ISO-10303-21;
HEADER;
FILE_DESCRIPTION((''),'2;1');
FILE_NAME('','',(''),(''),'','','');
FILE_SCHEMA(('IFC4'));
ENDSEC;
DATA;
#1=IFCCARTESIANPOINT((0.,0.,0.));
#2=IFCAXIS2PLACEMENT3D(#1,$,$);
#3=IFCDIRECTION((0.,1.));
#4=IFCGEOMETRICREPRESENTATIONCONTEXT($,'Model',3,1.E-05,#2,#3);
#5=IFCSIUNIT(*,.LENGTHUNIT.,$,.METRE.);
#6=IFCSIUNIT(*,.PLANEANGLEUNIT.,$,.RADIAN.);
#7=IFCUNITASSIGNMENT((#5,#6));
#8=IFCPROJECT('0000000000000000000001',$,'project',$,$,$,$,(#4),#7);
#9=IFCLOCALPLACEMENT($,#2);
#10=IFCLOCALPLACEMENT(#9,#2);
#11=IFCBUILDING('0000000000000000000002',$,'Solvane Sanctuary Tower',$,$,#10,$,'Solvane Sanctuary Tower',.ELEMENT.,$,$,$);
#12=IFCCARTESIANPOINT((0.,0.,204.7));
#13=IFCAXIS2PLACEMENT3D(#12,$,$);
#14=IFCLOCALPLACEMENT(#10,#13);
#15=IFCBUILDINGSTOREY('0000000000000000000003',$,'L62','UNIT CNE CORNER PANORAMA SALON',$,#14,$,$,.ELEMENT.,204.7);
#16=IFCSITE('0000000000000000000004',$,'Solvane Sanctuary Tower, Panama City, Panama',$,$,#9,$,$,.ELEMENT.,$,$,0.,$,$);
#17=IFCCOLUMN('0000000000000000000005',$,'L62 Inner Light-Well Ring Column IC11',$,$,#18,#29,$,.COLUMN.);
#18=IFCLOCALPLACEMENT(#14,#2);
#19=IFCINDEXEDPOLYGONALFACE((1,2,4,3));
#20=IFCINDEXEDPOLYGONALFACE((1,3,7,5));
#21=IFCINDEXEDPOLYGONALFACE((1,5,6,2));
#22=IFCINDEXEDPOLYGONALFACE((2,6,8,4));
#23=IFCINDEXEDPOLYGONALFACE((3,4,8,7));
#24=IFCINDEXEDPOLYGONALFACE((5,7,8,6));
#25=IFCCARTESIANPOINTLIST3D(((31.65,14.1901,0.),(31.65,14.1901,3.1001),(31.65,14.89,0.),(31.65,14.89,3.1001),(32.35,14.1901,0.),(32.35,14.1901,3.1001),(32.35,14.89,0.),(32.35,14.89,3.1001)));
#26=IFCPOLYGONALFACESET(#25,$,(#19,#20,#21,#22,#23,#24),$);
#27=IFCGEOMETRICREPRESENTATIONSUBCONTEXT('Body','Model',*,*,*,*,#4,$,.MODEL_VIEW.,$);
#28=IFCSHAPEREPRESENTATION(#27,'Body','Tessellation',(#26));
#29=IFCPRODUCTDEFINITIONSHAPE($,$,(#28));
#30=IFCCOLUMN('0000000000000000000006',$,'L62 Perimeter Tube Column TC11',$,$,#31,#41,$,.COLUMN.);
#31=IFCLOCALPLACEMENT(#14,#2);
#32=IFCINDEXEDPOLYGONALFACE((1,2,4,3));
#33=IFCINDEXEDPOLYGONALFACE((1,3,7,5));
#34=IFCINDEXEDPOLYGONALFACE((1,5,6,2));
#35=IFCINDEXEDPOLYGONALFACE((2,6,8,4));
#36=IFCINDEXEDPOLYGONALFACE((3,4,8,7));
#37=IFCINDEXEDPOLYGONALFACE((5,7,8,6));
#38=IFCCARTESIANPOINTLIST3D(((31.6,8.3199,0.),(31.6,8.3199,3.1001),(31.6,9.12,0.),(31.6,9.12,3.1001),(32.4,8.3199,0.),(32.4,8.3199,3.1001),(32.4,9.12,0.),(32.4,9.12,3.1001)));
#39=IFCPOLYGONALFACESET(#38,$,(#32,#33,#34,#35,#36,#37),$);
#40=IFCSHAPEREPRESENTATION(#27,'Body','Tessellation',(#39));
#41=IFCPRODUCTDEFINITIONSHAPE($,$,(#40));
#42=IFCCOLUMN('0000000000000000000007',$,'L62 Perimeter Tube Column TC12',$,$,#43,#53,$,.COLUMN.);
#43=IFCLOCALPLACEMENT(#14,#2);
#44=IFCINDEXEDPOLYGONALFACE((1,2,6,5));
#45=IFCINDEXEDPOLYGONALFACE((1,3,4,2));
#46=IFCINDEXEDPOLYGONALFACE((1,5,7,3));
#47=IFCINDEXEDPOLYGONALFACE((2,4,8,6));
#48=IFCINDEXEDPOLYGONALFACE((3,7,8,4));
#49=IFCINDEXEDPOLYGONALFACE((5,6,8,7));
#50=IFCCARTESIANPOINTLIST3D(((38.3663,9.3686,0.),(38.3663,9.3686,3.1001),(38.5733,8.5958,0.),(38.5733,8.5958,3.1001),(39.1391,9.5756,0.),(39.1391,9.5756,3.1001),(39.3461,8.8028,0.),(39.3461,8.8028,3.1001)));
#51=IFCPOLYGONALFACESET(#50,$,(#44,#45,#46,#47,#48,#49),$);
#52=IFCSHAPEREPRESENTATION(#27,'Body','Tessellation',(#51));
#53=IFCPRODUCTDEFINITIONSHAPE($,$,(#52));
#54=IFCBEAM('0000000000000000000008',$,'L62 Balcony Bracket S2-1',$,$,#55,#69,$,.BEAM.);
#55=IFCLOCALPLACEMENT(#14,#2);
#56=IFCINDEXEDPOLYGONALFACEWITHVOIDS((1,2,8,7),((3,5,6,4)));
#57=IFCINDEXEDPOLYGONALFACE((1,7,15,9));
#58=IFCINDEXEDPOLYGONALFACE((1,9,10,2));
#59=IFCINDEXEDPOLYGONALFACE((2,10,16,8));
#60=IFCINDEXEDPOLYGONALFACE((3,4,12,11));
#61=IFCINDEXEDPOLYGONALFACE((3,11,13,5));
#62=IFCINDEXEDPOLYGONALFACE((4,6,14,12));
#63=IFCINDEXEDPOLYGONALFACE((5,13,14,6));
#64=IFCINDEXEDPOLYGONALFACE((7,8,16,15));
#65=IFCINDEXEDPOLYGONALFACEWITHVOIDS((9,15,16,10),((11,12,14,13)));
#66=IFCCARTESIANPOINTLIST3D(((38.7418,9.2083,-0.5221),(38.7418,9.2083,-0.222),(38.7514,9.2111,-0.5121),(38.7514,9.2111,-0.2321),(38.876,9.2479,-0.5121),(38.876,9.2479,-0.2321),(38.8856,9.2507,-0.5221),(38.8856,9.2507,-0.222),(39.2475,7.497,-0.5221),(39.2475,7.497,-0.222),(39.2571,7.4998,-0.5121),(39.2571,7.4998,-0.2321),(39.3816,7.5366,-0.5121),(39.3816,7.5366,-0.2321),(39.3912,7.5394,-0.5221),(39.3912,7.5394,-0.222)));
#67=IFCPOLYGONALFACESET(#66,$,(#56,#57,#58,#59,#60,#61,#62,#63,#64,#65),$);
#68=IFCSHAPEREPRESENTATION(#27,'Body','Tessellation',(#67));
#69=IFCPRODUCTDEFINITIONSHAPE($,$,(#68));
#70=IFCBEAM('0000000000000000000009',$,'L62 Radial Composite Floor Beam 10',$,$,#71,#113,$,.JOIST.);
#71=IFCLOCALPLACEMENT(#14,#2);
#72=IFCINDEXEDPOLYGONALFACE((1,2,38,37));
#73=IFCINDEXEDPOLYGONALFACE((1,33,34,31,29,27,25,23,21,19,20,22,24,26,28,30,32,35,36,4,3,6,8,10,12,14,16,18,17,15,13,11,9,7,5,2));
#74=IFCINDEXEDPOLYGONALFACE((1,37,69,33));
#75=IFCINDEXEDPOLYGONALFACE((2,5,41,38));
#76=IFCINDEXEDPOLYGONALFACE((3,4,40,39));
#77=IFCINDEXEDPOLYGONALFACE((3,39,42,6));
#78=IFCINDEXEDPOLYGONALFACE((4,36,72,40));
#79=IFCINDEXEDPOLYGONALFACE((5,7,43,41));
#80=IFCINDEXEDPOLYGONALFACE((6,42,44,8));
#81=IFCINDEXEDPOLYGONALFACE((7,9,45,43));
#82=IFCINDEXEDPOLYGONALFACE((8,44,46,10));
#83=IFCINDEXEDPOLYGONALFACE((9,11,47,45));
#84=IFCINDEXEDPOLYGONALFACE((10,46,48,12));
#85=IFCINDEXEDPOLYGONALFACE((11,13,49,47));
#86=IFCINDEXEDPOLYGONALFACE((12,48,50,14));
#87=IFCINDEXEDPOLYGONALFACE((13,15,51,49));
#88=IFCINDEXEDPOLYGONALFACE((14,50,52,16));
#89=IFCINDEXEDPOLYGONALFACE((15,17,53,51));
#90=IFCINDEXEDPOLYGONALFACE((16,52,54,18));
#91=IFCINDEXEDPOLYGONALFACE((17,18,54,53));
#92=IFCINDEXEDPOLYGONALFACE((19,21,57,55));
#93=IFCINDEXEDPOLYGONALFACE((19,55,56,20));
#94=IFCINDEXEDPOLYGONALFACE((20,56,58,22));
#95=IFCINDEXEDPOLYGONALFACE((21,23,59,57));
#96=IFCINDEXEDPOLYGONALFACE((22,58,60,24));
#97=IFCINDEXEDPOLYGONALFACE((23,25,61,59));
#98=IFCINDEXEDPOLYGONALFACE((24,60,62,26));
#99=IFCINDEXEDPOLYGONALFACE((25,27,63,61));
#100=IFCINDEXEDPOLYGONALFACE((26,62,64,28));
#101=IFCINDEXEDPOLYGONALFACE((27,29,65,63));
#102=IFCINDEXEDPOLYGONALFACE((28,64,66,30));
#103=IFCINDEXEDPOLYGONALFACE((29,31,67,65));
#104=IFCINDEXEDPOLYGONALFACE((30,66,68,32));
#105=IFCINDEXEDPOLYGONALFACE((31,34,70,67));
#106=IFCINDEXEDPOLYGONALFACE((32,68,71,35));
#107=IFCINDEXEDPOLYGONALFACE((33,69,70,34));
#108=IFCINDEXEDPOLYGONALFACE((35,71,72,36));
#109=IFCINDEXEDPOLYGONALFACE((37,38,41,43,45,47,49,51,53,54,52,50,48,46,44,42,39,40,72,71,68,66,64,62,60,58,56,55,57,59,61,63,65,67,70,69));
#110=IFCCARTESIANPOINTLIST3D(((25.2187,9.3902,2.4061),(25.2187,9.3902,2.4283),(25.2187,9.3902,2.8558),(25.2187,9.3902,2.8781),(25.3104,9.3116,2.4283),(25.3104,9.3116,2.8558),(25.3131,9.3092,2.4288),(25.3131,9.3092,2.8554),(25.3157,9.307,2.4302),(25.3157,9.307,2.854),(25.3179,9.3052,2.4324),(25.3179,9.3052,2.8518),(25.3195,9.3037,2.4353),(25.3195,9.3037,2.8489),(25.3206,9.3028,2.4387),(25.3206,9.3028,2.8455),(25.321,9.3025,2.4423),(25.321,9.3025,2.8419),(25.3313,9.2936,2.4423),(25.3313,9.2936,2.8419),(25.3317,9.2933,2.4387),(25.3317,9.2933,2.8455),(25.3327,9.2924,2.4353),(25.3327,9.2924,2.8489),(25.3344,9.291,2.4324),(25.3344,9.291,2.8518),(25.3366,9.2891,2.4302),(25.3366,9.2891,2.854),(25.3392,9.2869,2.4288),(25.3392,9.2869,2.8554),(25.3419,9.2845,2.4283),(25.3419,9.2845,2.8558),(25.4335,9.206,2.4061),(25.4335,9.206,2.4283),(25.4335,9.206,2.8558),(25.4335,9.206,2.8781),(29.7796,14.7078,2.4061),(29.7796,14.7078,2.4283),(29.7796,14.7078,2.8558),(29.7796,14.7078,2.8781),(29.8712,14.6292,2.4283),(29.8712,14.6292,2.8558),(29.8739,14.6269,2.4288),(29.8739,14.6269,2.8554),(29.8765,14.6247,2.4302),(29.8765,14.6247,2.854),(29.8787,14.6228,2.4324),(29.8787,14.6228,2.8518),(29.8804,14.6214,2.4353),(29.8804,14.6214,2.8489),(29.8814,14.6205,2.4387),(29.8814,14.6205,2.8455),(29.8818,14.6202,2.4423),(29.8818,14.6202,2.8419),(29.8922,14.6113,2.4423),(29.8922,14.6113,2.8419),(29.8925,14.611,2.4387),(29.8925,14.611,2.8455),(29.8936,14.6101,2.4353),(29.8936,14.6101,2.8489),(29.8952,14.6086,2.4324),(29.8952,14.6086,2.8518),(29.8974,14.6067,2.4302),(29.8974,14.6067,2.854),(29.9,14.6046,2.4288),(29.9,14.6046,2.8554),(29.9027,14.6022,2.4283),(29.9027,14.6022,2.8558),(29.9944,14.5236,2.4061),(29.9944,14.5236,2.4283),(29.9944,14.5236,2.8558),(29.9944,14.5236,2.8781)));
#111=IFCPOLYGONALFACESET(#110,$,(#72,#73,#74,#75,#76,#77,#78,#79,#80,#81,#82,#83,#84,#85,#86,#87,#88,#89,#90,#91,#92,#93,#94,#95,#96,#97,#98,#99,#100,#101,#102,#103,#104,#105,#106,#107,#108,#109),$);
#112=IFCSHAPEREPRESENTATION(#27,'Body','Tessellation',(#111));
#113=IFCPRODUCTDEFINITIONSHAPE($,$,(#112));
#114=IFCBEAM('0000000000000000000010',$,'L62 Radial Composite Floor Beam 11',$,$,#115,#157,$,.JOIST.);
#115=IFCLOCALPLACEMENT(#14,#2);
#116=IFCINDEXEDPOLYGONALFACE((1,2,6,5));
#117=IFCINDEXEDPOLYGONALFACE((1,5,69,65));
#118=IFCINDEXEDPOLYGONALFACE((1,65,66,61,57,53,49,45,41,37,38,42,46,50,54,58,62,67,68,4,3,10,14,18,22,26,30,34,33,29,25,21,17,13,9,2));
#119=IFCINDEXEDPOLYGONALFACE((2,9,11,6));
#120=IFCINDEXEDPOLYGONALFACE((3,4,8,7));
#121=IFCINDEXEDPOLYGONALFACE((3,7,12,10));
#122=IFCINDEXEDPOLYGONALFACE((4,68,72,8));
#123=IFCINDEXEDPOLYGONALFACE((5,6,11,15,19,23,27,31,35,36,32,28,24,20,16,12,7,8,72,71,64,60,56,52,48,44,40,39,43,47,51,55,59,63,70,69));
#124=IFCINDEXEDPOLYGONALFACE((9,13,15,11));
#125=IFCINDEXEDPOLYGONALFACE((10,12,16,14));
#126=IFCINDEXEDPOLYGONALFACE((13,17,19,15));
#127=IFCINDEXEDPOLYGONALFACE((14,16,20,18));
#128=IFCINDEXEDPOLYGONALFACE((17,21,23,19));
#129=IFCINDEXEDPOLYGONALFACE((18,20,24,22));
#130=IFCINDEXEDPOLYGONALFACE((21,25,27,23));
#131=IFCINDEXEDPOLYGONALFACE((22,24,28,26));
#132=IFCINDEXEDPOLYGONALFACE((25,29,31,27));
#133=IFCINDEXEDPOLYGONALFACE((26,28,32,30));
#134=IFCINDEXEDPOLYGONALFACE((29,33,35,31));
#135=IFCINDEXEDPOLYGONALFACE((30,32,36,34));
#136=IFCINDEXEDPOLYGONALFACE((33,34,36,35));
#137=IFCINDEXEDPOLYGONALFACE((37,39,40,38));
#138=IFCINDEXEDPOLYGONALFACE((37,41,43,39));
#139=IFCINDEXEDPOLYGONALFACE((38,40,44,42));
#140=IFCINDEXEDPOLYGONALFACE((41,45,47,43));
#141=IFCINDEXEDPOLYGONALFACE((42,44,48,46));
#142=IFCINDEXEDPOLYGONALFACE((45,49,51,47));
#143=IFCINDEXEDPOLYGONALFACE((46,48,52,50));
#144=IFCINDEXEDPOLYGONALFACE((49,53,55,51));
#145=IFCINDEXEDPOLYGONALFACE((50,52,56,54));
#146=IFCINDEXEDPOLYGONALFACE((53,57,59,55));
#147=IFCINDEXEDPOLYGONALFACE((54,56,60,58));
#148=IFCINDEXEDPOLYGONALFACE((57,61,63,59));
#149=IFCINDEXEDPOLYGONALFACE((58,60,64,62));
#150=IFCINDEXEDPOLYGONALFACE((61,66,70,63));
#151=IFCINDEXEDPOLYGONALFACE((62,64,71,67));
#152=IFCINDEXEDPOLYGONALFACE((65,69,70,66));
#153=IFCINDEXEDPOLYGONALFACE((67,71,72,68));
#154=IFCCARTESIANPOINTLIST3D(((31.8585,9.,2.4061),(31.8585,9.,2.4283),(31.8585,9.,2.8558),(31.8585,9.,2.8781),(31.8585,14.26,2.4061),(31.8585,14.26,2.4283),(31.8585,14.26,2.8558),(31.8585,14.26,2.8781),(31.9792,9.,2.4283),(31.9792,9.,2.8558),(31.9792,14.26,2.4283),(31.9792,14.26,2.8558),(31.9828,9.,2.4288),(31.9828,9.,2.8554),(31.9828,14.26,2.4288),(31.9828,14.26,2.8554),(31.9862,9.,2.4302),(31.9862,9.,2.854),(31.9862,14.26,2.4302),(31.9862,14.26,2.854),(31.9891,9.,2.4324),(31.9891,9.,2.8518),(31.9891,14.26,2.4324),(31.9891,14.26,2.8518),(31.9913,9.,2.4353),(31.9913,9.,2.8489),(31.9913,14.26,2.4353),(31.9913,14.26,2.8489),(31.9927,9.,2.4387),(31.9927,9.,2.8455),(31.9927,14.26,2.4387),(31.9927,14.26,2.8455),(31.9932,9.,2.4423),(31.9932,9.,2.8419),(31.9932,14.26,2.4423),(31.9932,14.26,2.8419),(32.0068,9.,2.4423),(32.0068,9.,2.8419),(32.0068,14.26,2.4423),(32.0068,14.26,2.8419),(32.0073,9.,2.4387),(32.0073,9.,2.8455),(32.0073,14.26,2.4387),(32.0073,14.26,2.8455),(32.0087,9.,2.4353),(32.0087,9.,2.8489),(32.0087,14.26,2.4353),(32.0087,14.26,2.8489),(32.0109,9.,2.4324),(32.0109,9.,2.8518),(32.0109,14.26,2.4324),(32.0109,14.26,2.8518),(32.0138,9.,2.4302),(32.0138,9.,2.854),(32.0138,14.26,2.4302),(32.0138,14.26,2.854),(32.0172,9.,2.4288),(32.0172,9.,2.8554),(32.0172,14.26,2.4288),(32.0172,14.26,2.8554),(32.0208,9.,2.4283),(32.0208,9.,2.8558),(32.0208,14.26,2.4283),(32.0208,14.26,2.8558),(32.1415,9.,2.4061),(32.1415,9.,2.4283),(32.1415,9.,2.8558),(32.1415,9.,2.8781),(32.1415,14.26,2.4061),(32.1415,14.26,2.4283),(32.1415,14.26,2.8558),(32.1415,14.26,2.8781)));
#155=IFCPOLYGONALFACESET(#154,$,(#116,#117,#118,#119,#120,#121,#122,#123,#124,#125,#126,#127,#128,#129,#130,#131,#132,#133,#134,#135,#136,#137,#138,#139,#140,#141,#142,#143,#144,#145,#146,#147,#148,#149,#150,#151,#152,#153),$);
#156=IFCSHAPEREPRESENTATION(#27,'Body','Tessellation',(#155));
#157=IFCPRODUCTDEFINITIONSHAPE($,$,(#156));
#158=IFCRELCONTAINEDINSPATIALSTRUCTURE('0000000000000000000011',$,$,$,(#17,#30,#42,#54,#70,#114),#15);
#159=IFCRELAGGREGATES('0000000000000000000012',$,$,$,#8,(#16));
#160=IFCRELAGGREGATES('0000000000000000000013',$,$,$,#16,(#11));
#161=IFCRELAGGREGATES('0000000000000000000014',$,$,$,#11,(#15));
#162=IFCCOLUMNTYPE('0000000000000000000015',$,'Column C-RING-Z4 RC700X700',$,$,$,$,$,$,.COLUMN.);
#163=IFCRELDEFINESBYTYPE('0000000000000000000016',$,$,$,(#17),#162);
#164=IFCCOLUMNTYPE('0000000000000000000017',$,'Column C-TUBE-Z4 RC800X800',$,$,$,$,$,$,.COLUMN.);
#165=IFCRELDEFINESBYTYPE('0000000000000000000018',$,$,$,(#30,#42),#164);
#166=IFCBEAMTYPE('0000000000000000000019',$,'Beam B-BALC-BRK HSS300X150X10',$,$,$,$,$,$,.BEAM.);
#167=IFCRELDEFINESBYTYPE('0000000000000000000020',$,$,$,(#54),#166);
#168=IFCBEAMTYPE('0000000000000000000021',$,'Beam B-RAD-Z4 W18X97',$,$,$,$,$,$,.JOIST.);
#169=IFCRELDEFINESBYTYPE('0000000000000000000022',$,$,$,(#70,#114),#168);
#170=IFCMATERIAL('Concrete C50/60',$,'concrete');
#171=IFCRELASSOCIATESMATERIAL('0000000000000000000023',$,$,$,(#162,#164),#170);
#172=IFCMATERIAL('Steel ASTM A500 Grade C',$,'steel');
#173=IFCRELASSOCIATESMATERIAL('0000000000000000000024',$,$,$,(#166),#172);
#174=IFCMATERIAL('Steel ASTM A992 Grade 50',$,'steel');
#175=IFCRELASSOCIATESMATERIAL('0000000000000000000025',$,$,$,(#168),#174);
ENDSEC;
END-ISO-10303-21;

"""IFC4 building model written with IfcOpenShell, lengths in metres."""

from ifc_helpers import new_model, si_unit, direction, frame, origin, origin_2d, place, context, subcontext, project, spatial, rectangle, hollow_rectangle, i_section, extrude, material, material_profile, profile_set, type_object, element, save


model = new_model("IFC4")

# Units and contexts
model_context = context("Model", 3, precision=1e-05, world=origin(), true_north=direction((0.0, 1.0)))
body_context = subcontext(model_context, "Body", "Model", "MODEL_VIEW")
ifc_project = project(units=[si_unit("LENGTHUNIT", "METRE"), si_unit("PLANEANGLEUNIT", "RADIAN")], contexts=[model_context])

# Site, building, storey
site_placement = place(None, origin())
site = spatial("IfcSite", under=ifc_project, at=site_placement, Name="Solvane Sanctuary Tower, Panama City, Panama", CompositionType="ELEMENT", RefElevation=0.0)
building_placement = place(site_placement, origin())
building = spatial("IfcBuilding", under=site, at=building_placement, Name="Solvane Sanctuary Tower", LongName="Solvane Sanctuary Tower", CompositionType="ELEMENT")
storey_placement = place(building_placement, frame((0.0, 0.0, 204.7)))
storey = spatial("IfcBuildingStorey", under=building, at=storey_placement, Name="L62", Description="UNIT CNE CORNER PANORAMA SALON", CompositionType="ELEMENT", Elevation=204.7)

# Columns
ifc_material_1 = material(Name="Concrete C50/60", Category="concrete")
ifc_material_profile_1 = material_profile(ifc_material_1, rectangle(XDim=0.7, YDim=0.7, at=origin_2d()), Name="RC700X700")
ifc_profile_set_1 = profile_set([ifc_material_profile_1], Name="Concrete C50/60")
column_type_1 = type_object("IfcColumnType", Name="Column C-RING-Z4 RC700X700", PredefinedType="COLUMN", material=ifc_profile_set_1)
column_placement = place(storey_placement, frame((32.0, 14.54, 0.0), z_axis=(0.0, 0.0, 1.0), x_axis=(1.0, 0.0, 0.0)))
element("IfcColumn", 1, at=column_placement, inside=storey, type_object=column_type_1, Name="L62 Inner Light-Well Ring Column IC11", PredefinedType="COLUMN", context=body_context, shape_type="SweptSolid", body=[
    extrude(rectangle(XDim=0.7, YDim=0.7, at=origin_2d()), origin(), (0.0, 0.0, 1.0), 3.1001),
])
ifc_material_profile_2 = material_profile(ifc_material_1, rectangle(XDim=0.8, YDim=0.8, at=origin_2d()), Name="RC800X800")
ifc_profile_set_2 = profile_set([ifc_material_profile_2], Name="Concrete C50/60")
column_type_2 = type_object("IfcColumnType", Name="Column C-TUBE-Z4 RC800X800", PredefinedType="COLUMN", material=ifc_profile_set_2)
for number, where, z_axis, x_axis, name in (
    (2, (32.0, 8.72, 0.0), (0.0, 0.0, 1.0), (0.0, -1.0, 0.0), "L62 Perimeter Tube Column TC11"),
    (3, (38.8562, 9.0857, 0.0), (0.0, 0.0, 1.0), (0.258819, -0.965926, 0.0), "L62 Perimeter Tube Column TC12"),
):
    element("IfcColumn", number, at=place(storey_placement, frame(where, z_axis=z_axis, x_axis=x_axis)), inside=storey, type_object=column_type_2, Name=name, PredefinedType="COLUMN", context=body_context, shape_type="SweptSolid", body=[
        extrude(rectangle(XDim=0.8, YDim=0.8, at=origin_2d()), origin(), (0.0, 0.0, 1.0), 3.1001),
    ])

# Beams
ifc_material_2 = material(Name="Steel ASTM A500 Grade C", Category="steel")
ifc_material_profile_3 = material_profile(ifc_material_2, hollow_rectangle(XDim=0.1499, YDim=0.3, WallThickness=0.01, at=origin_2d()), Name="HSS300X150X10")
ifc_profile_set_3 = profile_set([ifc_material_profile_3], Name="Steel ASTM A500 Grade C")
beam_type_1 = type_object("IfcBeamType", Name="Beam B-BALC-BRK HSS300X150X10", PredefinedType="BEAM", material=ifc_profile_set_3)
beam_1_placement = place(storey_placement, frame((38.8137, 9.2295, -0.3721), z_axis=(0.283366, -0.959012, 0.0), x_axis=(0.959012, 0.283366, 0.0)))
element("IfcBeam", 4, at=beam_1_placement, inside=storey, type_object=beam_type_1, Name="L62 Balcony Bracket S2-1", PredefinedType="BEAM", context=body_context, shape_type="SweptSolid", body=[
    extrude(hollow_rectangle(XDim=0.1499, YDim=0.3, WallThickness=0.01, at=origin_2d()), origin(), (0.0, 0.0, 1.0), 1.7844),
])
ifc_material_3 = material(Name="Steel ASTM A992 Grade 50", Category="steel")
ifc_material_profile_4 = material_profile(ifc_material_3, i_section(OverallWidth=0.283, OverallDepth=0.4719, WebThickness=0.0137, FlangeThickness=0.0222, FilletRadius=0.0139, at=origin_2d()), Name="W18X97")
ifc_profile_set_4 = profile_set([ifc_material_profile_4], Name="Steel ASTM A992 Grade 50")
beam_type_2 = type_object("IfcBeamType", Name="Beam B-RAD-Z4 W18X97", PredefinedType="JOIST", material=ifc_profile_set_4)
beam_2_placement = place(storey_placement, frame((29.887, 14.6157, 2.6421), z_axis=(-0.651024, -0.759057, 0.0), x_axis=(0.759057, -0.651024, 0.0)))
element("IfcBeam", 5, at=beam_2_placement, inside=storey, type_object=beam_type_2, Name="L62 Radial Composite Floor Beam 10", PredefinedType="JOIST", context=body_context, shape_type="SweptSolid", body=[
    extrude(i_section(OverallWidth=0.283, OverallDepth=0.4719, WebThickness=0.0137, FlangeThickness=0.0222, FilletRadius=0.0139, at=origin_2d()), origin(), (0.0, 0.0, 1.0), 7.0056),
])
beam_3_placement = place(storey_placement, frame((32.0, 14.26, 2.6421), z_axis=(0.0, -1.0, 0.0), x_axis=(1.0, 0.0, 0.0)))
element("IfcBeam", 6, at=beam_3_placement, inside=storey, type_object=beam_type_2, Name="L62 Radial Composite Floor Beam 11", PredefinedType="JOIST", context=body_context, shape_type="SweptSolid", body=[
    extrude(i_section(OverallWidth=0.283, OverallDepth=0.4719, WebThickness=0.0137, FlangeThickness=0.0222, FilletRadius=0.0139, at=origin_2d()), origin(), (0.0, 0.0, 1.0), 5.26),
])

save(model, "model.ifc")
